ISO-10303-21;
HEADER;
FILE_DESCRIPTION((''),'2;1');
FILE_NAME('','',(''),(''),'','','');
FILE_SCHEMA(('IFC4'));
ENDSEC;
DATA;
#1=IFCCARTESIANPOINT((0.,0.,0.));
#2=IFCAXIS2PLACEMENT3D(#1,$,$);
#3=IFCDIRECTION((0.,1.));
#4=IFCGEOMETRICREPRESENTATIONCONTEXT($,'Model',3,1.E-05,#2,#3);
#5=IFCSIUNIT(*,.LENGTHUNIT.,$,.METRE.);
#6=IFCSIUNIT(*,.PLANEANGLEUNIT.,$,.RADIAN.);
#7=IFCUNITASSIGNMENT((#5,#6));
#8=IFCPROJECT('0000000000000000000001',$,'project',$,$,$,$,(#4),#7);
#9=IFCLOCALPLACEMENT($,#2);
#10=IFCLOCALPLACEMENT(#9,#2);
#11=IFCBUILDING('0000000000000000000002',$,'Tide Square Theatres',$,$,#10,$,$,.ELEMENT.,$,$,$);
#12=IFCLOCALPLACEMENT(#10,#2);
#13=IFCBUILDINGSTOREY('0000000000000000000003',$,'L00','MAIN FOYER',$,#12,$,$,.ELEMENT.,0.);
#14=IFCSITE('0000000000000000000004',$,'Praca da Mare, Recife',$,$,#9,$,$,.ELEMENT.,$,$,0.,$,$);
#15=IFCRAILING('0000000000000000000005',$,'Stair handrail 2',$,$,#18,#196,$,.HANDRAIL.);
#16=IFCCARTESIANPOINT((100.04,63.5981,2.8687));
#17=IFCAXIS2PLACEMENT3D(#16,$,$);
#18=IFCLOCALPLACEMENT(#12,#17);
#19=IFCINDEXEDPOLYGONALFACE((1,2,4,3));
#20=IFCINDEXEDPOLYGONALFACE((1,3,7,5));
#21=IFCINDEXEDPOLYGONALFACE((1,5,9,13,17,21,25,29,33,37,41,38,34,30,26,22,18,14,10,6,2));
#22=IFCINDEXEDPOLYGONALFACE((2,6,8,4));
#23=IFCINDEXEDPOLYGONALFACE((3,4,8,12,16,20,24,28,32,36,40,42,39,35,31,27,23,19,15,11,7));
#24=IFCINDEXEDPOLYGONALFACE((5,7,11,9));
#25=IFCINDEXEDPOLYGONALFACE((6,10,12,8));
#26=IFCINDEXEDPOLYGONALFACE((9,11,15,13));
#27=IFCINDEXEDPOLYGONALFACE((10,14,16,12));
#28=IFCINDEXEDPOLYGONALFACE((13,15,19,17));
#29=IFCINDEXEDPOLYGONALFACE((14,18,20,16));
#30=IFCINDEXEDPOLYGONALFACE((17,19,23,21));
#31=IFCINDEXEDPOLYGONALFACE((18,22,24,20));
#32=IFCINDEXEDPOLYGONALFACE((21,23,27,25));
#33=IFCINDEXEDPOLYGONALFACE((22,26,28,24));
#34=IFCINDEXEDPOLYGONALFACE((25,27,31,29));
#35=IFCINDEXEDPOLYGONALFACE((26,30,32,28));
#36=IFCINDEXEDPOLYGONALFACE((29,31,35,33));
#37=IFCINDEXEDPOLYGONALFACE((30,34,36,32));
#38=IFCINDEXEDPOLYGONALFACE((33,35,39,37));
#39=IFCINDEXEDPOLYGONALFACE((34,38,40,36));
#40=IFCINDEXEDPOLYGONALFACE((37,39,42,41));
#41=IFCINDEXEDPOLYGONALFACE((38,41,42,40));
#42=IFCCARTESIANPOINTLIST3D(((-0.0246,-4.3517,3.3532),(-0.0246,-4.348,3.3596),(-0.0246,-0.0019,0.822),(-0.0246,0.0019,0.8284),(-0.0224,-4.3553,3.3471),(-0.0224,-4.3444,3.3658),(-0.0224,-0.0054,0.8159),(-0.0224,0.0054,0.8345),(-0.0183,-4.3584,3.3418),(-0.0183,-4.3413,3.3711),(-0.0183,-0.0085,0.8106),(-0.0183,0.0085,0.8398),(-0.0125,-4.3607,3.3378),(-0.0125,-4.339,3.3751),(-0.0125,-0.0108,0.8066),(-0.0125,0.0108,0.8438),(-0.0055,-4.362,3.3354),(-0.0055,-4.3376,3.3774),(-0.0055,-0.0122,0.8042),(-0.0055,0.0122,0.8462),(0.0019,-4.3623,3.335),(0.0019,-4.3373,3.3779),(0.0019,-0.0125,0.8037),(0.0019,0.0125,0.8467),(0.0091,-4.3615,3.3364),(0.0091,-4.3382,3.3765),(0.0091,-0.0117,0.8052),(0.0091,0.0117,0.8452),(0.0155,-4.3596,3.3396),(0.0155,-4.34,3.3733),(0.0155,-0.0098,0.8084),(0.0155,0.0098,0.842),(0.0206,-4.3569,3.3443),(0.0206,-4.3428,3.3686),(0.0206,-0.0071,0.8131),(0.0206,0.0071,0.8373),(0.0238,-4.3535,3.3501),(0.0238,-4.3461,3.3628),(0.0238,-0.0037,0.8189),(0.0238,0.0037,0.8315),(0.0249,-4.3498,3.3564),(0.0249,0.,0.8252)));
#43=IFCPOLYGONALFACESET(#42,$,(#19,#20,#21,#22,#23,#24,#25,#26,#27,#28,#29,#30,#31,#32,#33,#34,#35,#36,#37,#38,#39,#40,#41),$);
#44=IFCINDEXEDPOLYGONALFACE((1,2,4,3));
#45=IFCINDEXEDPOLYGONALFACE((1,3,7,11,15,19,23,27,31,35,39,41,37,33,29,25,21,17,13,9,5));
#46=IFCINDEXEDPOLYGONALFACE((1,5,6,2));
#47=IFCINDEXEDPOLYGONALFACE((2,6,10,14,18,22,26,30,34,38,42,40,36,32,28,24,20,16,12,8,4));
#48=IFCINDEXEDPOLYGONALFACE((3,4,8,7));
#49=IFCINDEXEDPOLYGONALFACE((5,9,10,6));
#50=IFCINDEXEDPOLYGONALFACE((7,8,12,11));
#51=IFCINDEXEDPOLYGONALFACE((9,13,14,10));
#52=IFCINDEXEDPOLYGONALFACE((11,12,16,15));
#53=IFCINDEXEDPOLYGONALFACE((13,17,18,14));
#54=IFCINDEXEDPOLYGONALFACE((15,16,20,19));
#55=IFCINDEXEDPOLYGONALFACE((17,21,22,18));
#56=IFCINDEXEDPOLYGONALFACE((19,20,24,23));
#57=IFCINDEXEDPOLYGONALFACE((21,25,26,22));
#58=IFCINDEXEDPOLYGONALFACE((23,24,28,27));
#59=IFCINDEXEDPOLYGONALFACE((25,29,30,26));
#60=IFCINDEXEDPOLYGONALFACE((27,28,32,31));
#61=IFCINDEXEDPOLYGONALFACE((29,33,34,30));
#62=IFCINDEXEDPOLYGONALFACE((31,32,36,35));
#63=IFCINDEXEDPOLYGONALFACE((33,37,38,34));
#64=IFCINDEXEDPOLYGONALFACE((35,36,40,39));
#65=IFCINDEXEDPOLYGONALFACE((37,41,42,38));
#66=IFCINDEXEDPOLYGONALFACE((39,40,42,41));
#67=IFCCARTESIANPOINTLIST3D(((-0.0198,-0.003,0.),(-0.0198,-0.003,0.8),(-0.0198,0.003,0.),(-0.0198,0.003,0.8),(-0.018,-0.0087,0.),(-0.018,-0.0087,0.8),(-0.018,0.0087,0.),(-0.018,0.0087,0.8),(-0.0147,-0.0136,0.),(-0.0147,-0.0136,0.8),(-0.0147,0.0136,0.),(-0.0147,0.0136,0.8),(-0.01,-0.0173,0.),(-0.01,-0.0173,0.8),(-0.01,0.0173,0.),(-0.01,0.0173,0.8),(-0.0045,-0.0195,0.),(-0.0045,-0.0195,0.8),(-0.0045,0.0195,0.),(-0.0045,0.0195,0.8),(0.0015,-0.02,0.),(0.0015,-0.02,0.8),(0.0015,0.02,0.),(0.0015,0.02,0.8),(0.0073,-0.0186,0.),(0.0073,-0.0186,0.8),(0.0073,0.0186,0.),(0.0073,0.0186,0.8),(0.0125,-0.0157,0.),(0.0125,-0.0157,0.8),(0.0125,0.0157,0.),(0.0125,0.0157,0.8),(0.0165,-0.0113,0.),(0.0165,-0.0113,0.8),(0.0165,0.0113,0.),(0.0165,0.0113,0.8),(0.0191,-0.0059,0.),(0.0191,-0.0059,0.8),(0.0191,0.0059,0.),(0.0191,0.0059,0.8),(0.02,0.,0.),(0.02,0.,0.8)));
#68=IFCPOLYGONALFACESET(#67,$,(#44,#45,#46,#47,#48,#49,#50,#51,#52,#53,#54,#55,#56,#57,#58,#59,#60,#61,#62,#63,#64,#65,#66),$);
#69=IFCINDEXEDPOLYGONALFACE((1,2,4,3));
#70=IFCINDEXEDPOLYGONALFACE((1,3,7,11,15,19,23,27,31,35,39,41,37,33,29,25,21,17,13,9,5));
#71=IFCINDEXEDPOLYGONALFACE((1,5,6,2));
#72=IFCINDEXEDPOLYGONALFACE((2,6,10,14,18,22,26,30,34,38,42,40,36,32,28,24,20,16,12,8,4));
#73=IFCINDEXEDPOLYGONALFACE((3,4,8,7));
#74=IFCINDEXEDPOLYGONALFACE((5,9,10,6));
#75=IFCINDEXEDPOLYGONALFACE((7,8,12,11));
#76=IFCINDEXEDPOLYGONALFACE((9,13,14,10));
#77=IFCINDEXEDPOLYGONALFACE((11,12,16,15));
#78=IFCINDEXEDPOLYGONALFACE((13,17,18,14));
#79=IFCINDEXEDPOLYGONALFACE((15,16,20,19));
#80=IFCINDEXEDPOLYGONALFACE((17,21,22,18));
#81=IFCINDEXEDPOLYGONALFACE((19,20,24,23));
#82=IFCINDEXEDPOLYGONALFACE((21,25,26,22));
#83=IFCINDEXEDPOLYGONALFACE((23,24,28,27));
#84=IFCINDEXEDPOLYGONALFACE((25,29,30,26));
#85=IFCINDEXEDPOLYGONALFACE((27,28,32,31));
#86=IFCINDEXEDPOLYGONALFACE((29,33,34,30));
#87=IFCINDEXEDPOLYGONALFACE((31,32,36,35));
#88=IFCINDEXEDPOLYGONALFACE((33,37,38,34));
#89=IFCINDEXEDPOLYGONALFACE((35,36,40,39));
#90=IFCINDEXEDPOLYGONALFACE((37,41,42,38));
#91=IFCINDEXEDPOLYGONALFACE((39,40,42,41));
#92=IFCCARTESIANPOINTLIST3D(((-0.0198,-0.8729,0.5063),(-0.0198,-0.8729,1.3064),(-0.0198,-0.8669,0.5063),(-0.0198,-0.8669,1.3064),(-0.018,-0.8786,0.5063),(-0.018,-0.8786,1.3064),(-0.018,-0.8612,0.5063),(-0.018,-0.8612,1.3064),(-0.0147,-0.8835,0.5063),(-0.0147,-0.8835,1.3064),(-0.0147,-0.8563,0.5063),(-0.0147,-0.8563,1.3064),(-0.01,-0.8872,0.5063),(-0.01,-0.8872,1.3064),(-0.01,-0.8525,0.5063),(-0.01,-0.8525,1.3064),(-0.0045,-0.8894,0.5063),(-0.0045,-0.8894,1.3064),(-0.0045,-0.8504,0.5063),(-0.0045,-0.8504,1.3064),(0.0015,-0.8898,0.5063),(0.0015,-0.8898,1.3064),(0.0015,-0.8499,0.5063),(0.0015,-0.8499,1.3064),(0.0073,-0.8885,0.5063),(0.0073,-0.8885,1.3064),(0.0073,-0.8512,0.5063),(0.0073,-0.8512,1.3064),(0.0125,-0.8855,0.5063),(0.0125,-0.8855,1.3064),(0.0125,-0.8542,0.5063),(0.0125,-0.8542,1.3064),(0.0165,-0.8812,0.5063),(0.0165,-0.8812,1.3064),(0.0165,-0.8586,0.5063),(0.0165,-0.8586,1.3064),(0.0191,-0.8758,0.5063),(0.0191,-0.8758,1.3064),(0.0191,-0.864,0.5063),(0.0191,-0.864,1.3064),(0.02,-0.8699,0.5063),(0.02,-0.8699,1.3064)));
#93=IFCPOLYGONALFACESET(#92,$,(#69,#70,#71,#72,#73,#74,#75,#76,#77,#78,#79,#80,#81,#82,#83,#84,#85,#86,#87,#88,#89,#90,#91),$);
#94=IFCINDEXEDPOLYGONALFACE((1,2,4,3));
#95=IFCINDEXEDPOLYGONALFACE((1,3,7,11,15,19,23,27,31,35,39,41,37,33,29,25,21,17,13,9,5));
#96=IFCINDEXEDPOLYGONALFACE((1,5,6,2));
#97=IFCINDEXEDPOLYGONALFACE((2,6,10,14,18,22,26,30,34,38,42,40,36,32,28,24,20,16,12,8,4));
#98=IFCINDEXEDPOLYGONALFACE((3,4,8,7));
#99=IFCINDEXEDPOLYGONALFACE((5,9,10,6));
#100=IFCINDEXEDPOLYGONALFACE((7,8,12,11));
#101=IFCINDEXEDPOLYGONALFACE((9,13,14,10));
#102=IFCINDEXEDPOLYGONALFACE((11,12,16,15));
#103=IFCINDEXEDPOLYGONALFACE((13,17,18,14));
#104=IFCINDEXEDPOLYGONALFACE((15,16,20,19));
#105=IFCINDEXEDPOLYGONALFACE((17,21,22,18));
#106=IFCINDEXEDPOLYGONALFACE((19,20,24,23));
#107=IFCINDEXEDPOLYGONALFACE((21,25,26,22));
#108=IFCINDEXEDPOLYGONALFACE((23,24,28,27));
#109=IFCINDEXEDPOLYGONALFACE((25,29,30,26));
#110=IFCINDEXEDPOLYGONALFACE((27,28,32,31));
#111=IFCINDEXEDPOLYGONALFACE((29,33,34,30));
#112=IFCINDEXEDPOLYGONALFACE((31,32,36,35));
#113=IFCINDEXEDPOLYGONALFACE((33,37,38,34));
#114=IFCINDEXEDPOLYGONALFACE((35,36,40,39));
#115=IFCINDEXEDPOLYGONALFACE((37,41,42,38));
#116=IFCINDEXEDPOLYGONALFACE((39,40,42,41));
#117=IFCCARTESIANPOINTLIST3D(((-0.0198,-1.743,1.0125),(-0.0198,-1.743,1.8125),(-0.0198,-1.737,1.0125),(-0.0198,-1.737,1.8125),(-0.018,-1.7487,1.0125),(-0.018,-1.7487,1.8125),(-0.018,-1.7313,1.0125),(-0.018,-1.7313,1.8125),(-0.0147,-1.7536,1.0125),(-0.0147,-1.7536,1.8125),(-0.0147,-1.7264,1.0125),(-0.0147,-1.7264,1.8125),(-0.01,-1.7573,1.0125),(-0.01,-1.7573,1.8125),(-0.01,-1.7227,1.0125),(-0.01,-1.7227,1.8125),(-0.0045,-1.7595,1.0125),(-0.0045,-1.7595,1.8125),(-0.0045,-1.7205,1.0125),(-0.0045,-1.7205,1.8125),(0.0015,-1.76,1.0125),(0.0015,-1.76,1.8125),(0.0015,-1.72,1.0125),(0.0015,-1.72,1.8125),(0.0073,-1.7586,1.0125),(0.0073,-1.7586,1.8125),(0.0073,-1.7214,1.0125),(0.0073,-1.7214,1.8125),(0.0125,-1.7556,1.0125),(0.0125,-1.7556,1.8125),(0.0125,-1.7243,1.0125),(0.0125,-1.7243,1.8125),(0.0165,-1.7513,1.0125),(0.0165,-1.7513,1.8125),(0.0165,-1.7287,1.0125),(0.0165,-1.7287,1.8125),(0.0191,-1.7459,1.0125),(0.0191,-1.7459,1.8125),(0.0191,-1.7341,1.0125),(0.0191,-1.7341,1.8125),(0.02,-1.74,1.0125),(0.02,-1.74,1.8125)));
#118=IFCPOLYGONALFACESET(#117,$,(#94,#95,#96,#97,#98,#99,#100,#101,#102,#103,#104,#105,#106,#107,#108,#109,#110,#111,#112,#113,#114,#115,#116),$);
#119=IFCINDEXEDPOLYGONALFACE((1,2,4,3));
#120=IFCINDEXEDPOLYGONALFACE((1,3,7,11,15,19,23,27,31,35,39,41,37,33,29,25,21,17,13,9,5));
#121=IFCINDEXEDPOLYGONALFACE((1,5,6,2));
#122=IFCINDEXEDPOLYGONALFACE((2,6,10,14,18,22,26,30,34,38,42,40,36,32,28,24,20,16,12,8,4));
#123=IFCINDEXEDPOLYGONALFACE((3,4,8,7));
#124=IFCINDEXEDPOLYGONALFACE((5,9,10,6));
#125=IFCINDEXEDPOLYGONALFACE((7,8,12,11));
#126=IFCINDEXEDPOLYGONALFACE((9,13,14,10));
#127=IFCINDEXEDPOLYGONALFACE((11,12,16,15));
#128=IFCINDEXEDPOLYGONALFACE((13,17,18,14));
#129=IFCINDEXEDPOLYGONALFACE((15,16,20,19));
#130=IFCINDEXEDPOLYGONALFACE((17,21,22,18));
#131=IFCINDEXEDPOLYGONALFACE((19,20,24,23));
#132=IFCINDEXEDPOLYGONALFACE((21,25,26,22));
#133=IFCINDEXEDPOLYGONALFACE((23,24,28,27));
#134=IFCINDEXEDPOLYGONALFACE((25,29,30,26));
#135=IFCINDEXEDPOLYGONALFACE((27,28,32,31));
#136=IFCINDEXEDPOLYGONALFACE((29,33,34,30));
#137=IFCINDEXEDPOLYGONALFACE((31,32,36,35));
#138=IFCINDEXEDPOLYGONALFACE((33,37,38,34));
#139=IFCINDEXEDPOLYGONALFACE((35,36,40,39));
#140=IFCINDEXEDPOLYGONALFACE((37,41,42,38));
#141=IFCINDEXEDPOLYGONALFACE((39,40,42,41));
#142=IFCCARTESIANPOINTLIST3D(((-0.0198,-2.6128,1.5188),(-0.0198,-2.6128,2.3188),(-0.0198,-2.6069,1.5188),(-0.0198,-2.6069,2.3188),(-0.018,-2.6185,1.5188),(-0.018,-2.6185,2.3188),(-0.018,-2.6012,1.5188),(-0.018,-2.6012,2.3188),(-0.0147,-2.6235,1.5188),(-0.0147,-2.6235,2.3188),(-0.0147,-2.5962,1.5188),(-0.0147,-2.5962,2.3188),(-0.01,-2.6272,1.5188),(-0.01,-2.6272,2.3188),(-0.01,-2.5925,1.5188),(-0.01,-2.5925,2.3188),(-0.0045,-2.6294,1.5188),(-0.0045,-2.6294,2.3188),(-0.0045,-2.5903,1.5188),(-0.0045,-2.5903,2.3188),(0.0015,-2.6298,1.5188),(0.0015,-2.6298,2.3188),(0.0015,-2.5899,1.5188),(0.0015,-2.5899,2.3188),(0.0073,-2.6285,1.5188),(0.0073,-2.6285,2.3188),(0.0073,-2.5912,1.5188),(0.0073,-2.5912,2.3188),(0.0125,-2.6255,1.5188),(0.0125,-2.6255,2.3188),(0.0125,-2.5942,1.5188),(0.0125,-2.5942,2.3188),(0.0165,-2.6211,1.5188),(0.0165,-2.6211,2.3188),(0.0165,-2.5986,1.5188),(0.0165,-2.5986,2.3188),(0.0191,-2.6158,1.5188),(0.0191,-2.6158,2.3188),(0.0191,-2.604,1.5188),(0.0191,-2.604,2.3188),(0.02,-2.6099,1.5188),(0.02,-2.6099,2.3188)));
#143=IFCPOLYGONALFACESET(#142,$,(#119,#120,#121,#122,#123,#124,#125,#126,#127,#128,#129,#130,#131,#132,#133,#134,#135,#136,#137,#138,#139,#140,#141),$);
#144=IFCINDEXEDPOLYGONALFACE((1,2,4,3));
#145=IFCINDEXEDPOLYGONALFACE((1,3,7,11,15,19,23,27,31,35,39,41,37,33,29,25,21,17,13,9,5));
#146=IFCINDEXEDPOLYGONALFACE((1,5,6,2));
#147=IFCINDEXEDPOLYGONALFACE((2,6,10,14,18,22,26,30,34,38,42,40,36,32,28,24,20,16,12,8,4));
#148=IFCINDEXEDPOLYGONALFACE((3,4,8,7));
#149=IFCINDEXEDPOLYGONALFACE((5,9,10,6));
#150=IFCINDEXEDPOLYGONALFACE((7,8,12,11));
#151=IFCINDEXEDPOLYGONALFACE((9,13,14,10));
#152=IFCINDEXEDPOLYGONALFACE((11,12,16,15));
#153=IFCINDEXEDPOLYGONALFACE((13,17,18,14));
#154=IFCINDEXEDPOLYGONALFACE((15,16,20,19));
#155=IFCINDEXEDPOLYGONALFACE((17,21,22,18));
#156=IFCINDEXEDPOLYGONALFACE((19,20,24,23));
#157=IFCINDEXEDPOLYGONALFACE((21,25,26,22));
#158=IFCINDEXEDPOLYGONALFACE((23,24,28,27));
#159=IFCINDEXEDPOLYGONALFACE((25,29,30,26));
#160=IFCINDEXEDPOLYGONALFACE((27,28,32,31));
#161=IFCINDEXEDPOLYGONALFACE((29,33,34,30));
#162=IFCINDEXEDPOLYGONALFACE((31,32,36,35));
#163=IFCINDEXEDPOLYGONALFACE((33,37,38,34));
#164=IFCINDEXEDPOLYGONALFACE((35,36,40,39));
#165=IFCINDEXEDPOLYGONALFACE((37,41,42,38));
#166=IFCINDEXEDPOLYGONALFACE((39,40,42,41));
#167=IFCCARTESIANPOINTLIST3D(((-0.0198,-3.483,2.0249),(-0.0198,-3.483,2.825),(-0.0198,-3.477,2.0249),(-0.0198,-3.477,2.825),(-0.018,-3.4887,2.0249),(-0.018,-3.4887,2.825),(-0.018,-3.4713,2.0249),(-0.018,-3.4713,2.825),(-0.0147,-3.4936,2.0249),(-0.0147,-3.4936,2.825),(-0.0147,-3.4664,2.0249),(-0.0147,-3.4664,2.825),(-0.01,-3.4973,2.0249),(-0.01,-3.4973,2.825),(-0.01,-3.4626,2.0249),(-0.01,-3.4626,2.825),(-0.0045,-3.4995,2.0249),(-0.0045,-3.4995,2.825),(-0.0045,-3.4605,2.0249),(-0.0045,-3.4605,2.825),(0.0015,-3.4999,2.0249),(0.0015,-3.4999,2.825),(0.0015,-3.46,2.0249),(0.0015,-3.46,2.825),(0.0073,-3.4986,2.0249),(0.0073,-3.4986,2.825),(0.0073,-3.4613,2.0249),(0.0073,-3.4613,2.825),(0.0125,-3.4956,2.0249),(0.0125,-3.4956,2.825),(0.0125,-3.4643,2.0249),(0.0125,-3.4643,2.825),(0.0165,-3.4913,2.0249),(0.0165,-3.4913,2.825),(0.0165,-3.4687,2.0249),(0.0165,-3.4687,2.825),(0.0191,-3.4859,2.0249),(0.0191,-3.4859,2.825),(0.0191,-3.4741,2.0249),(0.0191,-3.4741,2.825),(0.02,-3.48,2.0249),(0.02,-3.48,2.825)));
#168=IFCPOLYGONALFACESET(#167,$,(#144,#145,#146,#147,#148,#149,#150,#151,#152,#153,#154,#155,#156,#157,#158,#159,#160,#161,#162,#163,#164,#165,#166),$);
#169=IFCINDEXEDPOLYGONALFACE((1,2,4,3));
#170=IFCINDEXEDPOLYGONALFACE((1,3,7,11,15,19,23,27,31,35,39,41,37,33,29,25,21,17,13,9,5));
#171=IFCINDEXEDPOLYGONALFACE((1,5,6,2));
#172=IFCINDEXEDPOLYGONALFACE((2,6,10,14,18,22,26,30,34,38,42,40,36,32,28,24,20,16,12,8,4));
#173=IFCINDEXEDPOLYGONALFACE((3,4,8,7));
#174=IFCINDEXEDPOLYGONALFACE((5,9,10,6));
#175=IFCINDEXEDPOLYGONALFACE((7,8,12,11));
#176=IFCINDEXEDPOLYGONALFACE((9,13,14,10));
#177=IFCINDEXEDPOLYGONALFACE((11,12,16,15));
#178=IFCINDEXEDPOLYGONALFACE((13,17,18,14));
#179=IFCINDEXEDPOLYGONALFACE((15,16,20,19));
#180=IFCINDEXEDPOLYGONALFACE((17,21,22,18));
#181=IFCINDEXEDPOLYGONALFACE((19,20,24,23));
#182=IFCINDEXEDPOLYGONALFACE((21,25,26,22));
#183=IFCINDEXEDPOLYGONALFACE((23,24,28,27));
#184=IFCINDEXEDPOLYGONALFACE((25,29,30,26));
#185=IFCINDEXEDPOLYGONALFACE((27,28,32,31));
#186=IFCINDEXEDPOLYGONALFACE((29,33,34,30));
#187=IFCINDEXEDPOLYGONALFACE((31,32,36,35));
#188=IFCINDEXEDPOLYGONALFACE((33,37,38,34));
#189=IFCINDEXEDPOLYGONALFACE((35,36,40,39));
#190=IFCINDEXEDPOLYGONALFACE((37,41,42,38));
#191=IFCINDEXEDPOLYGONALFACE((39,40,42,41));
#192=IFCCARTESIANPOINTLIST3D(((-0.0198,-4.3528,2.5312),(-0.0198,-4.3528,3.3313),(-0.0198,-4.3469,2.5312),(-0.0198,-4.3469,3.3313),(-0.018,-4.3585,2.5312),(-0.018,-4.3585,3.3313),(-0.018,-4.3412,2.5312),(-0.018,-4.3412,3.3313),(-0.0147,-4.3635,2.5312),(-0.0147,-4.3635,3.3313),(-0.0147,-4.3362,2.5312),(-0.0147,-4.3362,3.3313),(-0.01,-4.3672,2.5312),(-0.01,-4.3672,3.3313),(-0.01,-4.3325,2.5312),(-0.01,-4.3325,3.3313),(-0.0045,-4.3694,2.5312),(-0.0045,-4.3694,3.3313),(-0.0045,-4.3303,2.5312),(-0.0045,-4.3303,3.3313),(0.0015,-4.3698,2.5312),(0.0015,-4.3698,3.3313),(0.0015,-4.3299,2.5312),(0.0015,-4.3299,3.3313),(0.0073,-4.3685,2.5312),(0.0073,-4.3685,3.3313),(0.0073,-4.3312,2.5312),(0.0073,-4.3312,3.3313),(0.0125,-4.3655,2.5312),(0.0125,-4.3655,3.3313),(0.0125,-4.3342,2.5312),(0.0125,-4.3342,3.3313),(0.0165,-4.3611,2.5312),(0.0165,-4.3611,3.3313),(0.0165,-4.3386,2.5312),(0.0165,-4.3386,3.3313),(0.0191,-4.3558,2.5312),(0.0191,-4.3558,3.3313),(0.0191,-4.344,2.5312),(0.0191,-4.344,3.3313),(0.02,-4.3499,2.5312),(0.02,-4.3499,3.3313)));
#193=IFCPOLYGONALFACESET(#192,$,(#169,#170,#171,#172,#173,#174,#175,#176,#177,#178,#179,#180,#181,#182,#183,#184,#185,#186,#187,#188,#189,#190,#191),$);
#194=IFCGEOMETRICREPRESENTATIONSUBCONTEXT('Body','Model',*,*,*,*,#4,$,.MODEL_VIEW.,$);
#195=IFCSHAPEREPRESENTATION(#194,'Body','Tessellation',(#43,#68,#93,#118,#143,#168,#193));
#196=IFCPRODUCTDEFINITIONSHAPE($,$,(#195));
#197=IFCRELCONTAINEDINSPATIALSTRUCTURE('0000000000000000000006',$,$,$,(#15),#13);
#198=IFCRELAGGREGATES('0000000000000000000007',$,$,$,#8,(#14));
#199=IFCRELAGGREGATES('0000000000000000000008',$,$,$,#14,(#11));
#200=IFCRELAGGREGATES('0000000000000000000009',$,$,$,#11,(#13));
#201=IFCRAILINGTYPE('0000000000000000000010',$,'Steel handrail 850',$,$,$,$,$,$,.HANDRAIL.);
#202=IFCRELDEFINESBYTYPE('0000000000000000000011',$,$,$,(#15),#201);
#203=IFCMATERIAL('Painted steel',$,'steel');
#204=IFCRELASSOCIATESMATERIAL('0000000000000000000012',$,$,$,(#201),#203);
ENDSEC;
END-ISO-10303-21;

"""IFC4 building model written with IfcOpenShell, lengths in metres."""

from ifc_helpers import new_model, si_unit, direction, frame, origin, origin_2d, place, context, subcontext, project, spatial, circle, extrude, material, type_object, element, save


model = new_model("IFC4")

# Units and contexts
model_context = context("Model", 3, precision=1e-05, world=origin(), true_north=direction((0.0, 1.0)))
body_context = subcontext(model_context, "Body", "Model", "MODEL_VIEW")
ifc_project = project(units=[si_unit("LENGTHUNIT", "METRE"), si_unit("PLANEANGLEUNIT", "RADIAN")], contexts=[model_context])

# Site, building, storey
site_placement = place(None, origin())
site = spatial("IfcSite", under=ifc_project, at=site_placement, Name="Praca da Mare, Recife", CompositionType="ELEMENT", RefElevation=0.0)
building_placement = place(site_placement, origin())
building = spatial("IfcBuilding", under=site, at=building_placement, Name="Tide Square Theatres", CompositionType="ELEMENT")
storey_placement = place(building_placement, origin())
storey = spatial("IfcBuildingStorey", under=building, at=storey_placement, Name="L00", Description="MAIN FOYER", CompositionType="ELEMENT", Elevation=0.0)

# Railing
ifc_material_1 = material(Name="Painted steel", Category="steel")
railing_type = type_object("IfcRailingType", Name="Steel handrail 850", PredefinedType="HANDRAIL", material=ifc_material_1)
for number, where, name in (
    (1, (100.04, 63.5981, 2.8687), "Stair handrail 2"),
):
    element("IfcRailing", number, at=place(storey_placement, frame(where)), inside=storey, type_object=railing_type, Name=name, PredefinedType="HANDRAIL", context=body_context, shape_type="SweptSolid", body=[
        extrude(circle(Radius=0.0249, at=origin_2d()), frame((0.0, 0.0, 0.8252), z_axis=(0.0, -0.864312, 0.502957), x_axis=(1.0, 0.0, 0.0)), (0.0, 0.0, 1.0), 5.0327),
        extrude(circle(Radius=0.02, at=origin_2d()), origin(), (0.0, 0.0, 1.0), 0.8),
        extrude(circle(Radius=0.02, at=origin_2d()), frame((0.0, -0.8699, 0.5063)), (0.0, 0.0, 1.0), 0.8),
        extrude(circle(Radius=0.02, at=origin_2d()), frame((0.0, -1.74, 1.0125)), (0.0, 0.0, 1.0), 0.8),
        extrude(circle(Radius=0.02, at=origin_2d()), frame((0.0, -2.6099, 1.5188)), (0.0, 0.0, 1.0), 0.8),
        extrude(circle(Radius=0.02, at=origin_2d()), frame((0.0, -3.48, 2.0249)), (0.0, 0.0, 1.0), 0.8),
        extrude(circle(Radius=0.02, at=origin_2d()), frame((0.0, -4.3499, 2.5312)), (0.0, 0.0, 1.0), 0.8),
    ])

save(model, "model.ifc")
